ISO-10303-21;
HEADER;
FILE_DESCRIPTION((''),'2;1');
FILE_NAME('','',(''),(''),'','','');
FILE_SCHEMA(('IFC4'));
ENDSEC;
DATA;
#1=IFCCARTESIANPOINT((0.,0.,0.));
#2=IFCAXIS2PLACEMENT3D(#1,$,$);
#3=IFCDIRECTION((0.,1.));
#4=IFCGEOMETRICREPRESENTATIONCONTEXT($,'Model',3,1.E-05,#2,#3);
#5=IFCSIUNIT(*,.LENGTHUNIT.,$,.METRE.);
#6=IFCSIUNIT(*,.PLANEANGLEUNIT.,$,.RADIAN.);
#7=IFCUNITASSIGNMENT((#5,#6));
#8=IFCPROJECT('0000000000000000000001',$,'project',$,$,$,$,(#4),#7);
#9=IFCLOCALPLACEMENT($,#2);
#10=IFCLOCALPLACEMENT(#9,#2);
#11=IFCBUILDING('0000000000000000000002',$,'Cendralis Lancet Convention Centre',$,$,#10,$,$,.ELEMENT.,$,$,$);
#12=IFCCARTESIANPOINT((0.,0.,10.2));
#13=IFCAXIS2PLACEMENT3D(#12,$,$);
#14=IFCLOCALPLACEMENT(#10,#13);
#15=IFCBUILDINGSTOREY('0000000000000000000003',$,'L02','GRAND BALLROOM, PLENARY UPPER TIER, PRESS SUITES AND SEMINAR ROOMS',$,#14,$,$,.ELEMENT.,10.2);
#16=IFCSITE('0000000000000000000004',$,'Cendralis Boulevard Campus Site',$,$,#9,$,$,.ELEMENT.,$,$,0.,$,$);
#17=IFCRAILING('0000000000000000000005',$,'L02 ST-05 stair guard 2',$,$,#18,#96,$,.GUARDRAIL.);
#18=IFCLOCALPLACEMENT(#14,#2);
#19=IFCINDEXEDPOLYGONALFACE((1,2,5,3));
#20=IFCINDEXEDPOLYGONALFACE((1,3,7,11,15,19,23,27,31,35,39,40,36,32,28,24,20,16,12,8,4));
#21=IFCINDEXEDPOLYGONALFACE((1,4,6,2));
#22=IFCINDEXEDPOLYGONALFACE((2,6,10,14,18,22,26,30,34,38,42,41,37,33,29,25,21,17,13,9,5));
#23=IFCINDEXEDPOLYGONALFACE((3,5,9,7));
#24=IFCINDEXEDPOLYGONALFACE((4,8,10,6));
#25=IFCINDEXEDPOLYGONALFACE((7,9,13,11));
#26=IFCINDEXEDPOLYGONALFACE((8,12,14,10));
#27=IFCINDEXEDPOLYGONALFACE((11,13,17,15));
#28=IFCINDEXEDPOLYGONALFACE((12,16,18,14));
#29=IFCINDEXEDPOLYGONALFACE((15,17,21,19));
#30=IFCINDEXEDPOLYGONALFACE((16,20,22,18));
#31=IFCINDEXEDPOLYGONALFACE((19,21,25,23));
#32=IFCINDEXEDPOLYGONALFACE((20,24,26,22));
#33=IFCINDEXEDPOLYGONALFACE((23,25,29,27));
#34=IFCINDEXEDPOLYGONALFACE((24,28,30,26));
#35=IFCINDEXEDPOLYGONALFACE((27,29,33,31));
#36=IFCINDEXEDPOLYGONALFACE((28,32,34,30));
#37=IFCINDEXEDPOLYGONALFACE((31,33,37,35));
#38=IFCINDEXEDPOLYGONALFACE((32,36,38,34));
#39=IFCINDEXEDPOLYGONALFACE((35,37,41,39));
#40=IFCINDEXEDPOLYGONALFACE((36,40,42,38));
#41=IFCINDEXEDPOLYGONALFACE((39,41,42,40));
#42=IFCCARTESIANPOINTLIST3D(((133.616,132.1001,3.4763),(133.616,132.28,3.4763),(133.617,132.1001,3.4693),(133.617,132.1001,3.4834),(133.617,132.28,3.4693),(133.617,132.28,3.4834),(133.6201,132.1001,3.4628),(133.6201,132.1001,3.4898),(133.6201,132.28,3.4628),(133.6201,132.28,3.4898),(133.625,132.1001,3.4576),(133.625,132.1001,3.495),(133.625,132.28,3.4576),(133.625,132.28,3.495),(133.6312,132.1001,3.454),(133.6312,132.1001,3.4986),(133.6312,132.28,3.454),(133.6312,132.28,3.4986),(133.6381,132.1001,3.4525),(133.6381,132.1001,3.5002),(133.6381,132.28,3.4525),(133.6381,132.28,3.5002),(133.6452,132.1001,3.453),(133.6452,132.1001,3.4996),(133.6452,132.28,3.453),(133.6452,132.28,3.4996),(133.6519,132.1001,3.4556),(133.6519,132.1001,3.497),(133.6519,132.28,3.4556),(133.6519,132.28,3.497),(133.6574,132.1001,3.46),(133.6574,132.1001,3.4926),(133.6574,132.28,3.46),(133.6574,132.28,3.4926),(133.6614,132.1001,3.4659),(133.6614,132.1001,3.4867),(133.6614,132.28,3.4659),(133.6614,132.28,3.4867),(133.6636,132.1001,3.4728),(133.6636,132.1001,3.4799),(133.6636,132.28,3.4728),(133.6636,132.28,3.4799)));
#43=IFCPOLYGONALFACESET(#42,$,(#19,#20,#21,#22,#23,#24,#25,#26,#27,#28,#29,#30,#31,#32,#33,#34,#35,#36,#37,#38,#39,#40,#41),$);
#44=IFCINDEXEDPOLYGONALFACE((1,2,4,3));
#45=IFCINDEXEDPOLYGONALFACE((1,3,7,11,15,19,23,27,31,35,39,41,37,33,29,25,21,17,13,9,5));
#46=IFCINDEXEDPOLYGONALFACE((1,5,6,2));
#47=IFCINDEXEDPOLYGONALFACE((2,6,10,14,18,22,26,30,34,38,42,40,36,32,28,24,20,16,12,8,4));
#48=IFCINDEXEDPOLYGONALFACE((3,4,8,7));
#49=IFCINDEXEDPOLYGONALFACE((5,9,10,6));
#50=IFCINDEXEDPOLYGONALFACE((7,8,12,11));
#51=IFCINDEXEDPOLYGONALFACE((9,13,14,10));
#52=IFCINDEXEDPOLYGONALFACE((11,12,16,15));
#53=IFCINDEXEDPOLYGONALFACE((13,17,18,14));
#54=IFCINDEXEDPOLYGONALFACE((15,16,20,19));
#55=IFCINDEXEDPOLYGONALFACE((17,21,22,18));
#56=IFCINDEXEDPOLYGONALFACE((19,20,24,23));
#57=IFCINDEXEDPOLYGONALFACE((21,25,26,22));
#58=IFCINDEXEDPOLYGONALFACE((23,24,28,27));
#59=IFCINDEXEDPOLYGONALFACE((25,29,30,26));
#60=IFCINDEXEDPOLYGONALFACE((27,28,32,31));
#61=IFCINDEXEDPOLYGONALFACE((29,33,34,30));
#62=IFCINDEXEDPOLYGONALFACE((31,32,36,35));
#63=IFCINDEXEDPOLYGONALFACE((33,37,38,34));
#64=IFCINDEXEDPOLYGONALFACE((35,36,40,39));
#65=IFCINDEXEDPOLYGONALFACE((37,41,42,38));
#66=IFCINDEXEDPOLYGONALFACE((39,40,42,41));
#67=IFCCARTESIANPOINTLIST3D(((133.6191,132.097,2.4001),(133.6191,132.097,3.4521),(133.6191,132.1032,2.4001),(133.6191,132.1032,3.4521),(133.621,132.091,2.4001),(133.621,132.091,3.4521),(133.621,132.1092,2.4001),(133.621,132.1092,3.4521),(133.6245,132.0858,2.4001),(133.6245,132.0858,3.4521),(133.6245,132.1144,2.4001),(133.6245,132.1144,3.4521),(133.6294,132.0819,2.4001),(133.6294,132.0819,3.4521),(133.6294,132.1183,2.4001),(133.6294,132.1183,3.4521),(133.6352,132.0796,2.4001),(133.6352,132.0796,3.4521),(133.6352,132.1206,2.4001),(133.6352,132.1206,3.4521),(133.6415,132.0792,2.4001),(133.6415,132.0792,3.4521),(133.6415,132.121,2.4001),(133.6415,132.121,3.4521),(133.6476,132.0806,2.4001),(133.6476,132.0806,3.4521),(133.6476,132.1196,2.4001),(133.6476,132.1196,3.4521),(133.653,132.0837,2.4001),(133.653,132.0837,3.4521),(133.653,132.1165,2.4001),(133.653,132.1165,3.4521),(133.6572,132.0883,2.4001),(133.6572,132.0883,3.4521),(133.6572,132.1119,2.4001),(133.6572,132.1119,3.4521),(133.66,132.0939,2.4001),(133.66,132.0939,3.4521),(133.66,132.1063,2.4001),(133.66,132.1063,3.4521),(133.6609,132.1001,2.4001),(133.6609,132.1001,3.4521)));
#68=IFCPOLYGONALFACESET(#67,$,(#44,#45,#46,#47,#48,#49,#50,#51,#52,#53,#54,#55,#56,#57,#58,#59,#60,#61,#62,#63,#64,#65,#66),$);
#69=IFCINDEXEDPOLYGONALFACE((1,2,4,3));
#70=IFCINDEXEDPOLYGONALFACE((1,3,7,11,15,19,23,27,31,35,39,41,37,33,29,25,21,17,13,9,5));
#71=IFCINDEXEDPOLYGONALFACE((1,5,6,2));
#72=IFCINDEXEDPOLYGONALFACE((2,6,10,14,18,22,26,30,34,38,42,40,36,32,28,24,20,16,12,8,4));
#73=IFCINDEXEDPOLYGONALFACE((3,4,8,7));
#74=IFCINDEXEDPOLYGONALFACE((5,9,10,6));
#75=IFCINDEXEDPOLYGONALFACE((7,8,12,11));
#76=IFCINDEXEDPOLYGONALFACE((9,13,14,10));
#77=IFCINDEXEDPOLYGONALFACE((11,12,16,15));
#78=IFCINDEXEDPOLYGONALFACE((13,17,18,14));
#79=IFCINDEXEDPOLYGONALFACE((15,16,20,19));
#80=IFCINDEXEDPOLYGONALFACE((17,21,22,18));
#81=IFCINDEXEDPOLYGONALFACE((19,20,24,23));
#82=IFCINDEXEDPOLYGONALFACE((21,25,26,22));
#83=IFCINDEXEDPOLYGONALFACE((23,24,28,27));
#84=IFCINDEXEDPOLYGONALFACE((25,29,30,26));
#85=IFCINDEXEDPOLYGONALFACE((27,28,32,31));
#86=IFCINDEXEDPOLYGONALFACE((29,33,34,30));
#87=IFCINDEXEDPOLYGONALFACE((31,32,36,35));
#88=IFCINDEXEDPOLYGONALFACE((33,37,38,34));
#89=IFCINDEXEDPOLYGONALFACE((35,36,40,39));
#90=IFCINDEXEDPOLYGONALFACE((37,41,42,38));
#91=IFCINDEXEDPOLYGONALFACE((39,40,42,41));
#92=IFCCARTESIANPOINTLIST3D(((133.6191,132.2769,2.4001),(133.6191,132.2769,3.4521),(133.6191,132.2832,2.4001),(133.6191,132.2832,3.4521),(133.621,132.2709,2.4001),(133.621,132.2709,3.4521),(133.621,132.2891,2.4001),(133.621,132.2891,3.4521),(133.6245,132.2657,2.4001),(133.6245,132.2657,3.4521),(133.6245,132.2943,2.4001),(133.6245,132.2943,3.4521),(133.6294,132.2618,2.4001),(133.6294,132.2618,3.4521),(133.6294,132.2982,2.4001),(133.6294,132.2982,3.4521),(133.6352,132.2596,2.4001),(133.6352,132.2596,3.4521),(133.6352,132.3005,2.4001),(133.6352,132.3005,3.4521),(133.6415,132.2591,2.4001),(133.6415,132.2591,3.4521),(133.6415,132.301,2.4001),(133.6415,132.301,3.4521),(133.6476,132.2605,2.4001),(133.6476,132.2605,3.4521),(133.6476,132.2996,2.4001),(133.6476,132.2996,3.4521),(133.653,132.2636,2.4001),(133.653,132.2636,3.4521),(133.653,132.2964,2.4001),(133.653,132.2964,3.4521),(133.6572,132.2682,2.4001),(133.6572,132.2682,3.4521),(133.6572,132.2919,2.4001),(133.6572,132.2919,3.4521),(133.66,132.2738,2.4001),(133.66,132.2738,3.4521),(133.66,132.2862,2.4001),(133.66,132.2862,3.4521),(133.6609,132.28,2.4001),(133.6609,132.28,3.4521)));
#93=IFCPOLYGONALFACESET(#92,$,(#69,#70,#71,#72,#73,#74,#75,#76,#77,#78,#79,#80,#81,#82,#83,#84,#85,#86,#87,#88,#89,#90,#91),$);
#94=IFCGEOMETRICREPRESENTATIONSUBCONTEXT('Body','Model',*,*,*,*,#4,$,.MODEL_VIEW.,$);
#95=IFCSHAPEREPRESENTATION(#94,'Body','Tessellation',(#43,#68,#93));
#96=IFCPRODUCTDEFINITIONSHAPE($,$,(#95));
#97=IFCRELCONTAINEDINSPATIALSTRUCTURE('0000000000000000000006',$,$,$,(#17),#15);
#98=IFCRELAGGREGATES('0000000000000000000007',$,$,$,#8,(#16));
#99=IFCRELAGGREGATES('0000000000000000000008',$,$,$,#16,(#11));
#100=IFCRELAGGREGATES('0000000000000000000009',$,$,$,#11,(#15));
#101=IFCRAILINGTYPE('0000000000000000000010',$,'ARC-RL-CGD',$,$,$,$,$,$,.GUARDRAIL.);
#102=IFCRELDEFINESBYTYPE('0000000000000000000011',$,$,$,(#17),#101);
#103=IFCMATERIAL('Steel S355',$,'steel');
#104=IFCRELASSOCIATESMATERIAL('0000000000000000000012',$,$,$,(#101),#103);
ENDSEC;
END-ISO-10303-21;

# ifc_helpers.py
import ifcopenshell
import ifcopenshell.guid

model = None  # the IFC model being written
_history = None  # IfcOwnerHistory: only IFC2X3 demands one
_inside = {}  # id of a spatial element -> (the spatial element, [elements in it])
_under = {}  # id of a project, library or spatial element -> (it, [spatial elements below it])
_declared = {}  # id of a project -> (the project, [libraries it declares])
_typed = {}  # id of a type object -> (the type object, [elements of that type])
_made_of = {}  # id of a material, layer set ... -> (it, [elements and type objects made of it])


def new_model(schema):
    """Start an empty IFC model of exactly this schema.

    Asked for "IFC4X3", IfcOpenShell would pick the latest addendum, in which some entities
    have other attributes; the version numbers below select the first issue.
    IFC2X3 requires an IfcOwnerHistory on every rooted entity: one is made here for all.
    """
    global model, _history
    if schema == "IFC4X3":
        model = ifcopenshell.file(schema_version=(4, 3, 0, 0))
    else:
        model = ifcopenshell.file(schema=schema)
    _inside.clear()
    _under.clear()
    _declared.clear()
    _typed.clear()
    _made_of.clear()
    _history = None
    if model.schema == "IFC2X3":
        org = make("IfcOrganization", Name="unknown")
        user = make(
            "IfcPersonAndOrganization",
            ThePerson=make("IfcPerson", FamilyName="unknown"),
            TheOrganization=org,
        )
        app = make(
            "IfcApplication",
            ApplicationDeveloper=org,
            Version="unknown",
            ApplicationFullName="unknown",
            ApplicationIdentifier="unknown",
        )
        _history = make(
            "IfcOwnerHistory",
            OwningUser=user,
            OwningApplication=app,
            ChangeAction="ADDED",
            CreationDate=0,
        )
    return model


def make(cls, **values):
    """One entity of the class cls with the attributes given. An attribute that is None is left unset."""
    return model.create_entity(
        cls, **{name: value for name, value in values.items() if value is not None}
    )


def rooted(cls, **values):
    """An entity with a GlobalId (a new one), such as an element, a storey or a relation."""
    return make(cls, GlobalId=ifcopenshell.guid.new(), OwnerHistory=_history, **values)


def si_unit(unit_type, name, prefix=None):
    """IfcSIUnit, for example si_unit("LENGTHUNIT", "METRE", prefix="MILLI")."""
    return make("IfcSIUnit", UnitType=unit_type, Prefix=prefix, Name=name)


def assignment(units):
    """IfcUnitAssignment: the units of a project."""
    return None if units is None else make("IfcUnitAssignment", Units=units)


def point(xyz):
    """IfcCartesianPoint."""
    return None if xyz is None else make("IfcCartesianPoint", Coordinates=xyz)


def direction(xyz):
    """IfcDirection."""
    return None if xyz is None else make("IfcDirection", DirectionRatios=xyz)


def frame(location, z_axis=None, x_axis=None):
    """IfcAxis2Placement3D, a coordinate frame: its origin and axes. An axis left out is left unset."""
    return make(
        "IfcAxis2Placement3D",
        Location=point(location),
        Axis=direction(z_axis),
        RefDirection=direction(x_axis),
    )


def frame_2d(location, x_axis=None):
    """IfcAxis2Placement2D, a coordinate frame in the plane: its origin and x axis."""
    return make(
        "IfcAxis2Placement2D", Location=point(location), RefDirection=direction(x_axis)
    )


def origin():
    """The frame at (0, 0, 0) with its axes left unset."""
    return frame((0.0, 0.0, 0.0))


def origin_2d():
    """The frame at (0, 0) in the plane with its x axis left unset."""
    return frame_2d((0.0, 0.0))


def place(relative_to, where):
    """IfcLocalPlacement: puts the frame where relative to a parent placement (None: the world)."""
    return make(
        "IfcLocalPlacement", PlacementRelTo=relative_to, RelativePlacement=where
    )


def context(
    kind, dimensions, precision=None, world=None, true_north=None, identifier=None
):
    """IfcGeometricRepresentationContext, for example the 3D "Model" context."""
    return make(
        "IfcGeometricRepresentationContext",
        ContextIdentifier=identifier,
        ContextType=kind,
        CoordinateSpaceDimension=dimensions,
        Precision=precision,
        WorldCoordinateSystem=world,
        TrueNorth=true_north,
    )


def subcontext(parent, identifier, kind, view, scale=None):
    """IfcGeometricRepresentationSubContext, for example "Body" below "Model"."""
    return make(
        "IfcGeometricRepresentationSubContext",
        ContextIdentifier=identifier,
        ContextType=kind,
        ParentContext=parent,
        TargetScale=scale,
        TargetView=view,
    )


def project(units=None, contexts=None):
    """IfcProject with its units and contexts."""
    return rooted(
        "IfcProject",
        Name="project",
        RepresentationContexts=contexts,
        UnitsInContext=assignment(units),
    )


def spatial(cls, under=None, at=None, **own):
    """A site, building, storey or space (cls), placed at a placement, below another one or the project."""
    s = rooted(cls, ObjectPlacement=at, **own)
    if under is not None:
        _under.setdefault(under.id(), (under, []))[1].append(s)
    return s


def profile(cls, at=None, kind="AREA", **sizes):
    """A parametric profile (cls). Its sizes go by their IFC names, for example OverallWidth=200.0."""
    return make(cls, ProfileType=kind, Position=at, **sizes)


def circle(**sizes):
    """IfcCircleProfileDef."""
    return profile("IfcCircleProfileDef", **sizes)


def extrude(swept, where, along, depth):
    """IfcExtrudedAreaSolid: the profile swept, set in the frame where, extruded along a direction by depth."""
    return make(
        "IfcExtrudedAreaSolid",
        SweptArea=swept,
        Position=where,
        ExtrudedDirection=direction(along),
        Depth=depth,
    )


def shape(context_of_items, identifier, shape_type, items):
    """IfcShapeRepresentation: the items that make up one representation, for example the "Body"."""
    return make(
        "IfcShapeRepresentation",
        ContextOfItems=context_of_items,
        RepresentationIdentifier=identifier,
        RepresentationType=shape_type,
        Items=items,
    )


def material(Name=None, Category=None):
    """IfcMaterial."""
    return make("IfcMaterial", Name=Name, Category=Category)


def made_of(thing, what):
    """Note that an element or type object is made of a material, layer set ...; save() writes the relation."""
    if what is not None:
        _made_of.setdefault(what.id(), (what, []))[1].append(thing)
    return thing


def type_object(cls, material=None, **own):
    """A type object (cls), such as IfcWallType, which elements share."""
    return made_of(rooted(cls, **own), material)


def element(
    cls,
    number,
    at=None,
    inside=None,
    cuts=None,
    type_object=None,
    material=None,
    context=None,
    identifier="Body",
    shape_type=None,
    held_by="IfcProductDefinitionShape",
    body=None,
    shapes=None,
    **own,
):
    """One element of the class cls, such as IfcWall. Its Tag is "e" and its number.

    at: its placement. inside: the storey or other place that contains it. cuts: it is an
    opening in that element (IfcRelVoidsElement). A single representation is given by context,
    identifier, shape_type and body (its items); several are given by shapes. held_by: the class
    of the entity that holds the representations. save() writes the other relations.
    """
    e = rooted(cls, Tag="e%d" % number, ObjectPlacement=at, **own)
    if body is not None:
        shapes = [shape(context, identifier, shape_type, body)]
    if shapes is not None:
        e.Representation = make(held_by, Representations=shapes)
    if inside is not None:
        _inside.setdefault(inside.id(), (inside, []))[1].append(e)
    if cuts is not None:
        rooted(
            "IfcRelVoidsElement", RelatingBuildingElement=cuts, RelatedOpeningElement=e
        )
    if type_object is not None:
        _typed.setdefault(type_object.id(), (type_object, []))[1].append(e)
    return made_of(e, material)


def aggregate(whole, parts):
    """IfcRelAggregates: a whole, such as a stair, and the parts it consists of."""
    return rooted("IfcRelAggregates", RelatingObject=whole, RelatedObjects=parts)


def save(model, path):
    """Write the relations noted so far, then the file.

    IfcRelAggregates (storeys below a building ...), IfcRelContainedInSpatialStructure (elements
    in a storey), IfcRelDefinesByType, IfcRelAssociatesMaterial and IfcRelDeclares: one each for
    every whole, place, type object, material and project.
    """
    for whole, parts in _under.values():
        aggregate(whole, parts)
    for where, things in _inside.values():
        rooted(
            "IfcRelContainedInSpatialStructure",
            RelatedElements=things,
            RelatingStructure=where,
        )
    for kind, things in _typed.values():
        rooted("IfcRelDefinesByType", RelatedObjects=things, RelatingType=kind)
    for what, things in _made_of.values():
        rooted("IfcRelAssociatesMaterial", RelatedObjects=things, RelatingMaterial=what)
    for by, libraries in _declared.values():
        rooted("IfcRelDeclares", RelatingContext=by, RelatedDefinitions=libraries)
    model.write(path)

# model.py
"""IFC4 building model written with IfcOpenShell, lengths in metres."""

from ifc_helpers import new_model, si_unit, direction, frame, origin, origin_2d, place, context, subcontext, project, spatial, circle, extrude, material, type_object, element, save


model = new_model("IFC4")

# Units and contexts
model_context = context("Model", 3, precision=1e-05, world=origin(), true_north=direction((0.0, 1.0)))
body_context = subcontext(model_context, "Body", "Model", "MODEL_VIEW")
ifc_project = project(units=[si_unit("LENGTHUNIT", "METRE"), si_unit("PLANEANGLEUNIT", "RADIAN")], contexts=[model_context])

# Site, building, storey
site_placement = place(None, origin())
site = spatial("IfcSite", under=ifc_project, at=site_placement, Name="Cendralis Boulevard Campus Site", CompositionType="ELEMENT", RefElevation=0.0)
building_placement = place(site_placement, origin())
building = spatial("IfcBuilding", under=site, at=building_placement, Name="Cendralis Lancet Convention Centre", CompositionType="ELEMENT")
storey_placement = place(building_placement, frame((0.0, 0.0, 10.2)))
storey = spatial("IfcBuildingStorey", under=building, at=storey_placement, Name="L02", Description="GRAND BALLROOM, PLENARY UPPER TIER, PRESS SUITES AND SEMINAR ROOMS", CompositionType="ELEMENT", Elevation=10.2)

# Shared definitions
ifc_material_1 = material(Name="Steel S355", Category="steel")

# Railing
railing_type_1 = type_object("IfcRailingType", Name="ARC-RL-CGD", PredefinedType="GUARDRAIL", material=ifc_material_1)
railing_1_placement = place(storey_placement, frame((133.6399, 132.1001, 2.4001)))
element("IfcRailing", 1, at=railing_1_placement, inside=storey, type_object=railing_type_1, Name="L02 ST-05 stair guard 2", PredefinedType="GUARDRAIL", context=body_context, shape_type="SweptSolid", body=[
    extrude(circle(Radius=0.0239, at=origin_2d()), frame((0.0, 0.0, 1.0762), z_axis=(0.0, 1.0, 0.0), x_axis=(-1.0, 0.0, 0.0)), (0.0, 0.0, 1.0), 0.1799),
    extrude(circle(Radius=0.021, at=origin_2d()), origin(), (0.0, 0.0, 1.0), 1.052),
    extrude(circle(Radius=0.021, at=origin_2d()), frame((0.0, 0.1799, 0.0)), (0.0, 0.0, 1.0), 1.052),
])

save(model, "model.ifc")
